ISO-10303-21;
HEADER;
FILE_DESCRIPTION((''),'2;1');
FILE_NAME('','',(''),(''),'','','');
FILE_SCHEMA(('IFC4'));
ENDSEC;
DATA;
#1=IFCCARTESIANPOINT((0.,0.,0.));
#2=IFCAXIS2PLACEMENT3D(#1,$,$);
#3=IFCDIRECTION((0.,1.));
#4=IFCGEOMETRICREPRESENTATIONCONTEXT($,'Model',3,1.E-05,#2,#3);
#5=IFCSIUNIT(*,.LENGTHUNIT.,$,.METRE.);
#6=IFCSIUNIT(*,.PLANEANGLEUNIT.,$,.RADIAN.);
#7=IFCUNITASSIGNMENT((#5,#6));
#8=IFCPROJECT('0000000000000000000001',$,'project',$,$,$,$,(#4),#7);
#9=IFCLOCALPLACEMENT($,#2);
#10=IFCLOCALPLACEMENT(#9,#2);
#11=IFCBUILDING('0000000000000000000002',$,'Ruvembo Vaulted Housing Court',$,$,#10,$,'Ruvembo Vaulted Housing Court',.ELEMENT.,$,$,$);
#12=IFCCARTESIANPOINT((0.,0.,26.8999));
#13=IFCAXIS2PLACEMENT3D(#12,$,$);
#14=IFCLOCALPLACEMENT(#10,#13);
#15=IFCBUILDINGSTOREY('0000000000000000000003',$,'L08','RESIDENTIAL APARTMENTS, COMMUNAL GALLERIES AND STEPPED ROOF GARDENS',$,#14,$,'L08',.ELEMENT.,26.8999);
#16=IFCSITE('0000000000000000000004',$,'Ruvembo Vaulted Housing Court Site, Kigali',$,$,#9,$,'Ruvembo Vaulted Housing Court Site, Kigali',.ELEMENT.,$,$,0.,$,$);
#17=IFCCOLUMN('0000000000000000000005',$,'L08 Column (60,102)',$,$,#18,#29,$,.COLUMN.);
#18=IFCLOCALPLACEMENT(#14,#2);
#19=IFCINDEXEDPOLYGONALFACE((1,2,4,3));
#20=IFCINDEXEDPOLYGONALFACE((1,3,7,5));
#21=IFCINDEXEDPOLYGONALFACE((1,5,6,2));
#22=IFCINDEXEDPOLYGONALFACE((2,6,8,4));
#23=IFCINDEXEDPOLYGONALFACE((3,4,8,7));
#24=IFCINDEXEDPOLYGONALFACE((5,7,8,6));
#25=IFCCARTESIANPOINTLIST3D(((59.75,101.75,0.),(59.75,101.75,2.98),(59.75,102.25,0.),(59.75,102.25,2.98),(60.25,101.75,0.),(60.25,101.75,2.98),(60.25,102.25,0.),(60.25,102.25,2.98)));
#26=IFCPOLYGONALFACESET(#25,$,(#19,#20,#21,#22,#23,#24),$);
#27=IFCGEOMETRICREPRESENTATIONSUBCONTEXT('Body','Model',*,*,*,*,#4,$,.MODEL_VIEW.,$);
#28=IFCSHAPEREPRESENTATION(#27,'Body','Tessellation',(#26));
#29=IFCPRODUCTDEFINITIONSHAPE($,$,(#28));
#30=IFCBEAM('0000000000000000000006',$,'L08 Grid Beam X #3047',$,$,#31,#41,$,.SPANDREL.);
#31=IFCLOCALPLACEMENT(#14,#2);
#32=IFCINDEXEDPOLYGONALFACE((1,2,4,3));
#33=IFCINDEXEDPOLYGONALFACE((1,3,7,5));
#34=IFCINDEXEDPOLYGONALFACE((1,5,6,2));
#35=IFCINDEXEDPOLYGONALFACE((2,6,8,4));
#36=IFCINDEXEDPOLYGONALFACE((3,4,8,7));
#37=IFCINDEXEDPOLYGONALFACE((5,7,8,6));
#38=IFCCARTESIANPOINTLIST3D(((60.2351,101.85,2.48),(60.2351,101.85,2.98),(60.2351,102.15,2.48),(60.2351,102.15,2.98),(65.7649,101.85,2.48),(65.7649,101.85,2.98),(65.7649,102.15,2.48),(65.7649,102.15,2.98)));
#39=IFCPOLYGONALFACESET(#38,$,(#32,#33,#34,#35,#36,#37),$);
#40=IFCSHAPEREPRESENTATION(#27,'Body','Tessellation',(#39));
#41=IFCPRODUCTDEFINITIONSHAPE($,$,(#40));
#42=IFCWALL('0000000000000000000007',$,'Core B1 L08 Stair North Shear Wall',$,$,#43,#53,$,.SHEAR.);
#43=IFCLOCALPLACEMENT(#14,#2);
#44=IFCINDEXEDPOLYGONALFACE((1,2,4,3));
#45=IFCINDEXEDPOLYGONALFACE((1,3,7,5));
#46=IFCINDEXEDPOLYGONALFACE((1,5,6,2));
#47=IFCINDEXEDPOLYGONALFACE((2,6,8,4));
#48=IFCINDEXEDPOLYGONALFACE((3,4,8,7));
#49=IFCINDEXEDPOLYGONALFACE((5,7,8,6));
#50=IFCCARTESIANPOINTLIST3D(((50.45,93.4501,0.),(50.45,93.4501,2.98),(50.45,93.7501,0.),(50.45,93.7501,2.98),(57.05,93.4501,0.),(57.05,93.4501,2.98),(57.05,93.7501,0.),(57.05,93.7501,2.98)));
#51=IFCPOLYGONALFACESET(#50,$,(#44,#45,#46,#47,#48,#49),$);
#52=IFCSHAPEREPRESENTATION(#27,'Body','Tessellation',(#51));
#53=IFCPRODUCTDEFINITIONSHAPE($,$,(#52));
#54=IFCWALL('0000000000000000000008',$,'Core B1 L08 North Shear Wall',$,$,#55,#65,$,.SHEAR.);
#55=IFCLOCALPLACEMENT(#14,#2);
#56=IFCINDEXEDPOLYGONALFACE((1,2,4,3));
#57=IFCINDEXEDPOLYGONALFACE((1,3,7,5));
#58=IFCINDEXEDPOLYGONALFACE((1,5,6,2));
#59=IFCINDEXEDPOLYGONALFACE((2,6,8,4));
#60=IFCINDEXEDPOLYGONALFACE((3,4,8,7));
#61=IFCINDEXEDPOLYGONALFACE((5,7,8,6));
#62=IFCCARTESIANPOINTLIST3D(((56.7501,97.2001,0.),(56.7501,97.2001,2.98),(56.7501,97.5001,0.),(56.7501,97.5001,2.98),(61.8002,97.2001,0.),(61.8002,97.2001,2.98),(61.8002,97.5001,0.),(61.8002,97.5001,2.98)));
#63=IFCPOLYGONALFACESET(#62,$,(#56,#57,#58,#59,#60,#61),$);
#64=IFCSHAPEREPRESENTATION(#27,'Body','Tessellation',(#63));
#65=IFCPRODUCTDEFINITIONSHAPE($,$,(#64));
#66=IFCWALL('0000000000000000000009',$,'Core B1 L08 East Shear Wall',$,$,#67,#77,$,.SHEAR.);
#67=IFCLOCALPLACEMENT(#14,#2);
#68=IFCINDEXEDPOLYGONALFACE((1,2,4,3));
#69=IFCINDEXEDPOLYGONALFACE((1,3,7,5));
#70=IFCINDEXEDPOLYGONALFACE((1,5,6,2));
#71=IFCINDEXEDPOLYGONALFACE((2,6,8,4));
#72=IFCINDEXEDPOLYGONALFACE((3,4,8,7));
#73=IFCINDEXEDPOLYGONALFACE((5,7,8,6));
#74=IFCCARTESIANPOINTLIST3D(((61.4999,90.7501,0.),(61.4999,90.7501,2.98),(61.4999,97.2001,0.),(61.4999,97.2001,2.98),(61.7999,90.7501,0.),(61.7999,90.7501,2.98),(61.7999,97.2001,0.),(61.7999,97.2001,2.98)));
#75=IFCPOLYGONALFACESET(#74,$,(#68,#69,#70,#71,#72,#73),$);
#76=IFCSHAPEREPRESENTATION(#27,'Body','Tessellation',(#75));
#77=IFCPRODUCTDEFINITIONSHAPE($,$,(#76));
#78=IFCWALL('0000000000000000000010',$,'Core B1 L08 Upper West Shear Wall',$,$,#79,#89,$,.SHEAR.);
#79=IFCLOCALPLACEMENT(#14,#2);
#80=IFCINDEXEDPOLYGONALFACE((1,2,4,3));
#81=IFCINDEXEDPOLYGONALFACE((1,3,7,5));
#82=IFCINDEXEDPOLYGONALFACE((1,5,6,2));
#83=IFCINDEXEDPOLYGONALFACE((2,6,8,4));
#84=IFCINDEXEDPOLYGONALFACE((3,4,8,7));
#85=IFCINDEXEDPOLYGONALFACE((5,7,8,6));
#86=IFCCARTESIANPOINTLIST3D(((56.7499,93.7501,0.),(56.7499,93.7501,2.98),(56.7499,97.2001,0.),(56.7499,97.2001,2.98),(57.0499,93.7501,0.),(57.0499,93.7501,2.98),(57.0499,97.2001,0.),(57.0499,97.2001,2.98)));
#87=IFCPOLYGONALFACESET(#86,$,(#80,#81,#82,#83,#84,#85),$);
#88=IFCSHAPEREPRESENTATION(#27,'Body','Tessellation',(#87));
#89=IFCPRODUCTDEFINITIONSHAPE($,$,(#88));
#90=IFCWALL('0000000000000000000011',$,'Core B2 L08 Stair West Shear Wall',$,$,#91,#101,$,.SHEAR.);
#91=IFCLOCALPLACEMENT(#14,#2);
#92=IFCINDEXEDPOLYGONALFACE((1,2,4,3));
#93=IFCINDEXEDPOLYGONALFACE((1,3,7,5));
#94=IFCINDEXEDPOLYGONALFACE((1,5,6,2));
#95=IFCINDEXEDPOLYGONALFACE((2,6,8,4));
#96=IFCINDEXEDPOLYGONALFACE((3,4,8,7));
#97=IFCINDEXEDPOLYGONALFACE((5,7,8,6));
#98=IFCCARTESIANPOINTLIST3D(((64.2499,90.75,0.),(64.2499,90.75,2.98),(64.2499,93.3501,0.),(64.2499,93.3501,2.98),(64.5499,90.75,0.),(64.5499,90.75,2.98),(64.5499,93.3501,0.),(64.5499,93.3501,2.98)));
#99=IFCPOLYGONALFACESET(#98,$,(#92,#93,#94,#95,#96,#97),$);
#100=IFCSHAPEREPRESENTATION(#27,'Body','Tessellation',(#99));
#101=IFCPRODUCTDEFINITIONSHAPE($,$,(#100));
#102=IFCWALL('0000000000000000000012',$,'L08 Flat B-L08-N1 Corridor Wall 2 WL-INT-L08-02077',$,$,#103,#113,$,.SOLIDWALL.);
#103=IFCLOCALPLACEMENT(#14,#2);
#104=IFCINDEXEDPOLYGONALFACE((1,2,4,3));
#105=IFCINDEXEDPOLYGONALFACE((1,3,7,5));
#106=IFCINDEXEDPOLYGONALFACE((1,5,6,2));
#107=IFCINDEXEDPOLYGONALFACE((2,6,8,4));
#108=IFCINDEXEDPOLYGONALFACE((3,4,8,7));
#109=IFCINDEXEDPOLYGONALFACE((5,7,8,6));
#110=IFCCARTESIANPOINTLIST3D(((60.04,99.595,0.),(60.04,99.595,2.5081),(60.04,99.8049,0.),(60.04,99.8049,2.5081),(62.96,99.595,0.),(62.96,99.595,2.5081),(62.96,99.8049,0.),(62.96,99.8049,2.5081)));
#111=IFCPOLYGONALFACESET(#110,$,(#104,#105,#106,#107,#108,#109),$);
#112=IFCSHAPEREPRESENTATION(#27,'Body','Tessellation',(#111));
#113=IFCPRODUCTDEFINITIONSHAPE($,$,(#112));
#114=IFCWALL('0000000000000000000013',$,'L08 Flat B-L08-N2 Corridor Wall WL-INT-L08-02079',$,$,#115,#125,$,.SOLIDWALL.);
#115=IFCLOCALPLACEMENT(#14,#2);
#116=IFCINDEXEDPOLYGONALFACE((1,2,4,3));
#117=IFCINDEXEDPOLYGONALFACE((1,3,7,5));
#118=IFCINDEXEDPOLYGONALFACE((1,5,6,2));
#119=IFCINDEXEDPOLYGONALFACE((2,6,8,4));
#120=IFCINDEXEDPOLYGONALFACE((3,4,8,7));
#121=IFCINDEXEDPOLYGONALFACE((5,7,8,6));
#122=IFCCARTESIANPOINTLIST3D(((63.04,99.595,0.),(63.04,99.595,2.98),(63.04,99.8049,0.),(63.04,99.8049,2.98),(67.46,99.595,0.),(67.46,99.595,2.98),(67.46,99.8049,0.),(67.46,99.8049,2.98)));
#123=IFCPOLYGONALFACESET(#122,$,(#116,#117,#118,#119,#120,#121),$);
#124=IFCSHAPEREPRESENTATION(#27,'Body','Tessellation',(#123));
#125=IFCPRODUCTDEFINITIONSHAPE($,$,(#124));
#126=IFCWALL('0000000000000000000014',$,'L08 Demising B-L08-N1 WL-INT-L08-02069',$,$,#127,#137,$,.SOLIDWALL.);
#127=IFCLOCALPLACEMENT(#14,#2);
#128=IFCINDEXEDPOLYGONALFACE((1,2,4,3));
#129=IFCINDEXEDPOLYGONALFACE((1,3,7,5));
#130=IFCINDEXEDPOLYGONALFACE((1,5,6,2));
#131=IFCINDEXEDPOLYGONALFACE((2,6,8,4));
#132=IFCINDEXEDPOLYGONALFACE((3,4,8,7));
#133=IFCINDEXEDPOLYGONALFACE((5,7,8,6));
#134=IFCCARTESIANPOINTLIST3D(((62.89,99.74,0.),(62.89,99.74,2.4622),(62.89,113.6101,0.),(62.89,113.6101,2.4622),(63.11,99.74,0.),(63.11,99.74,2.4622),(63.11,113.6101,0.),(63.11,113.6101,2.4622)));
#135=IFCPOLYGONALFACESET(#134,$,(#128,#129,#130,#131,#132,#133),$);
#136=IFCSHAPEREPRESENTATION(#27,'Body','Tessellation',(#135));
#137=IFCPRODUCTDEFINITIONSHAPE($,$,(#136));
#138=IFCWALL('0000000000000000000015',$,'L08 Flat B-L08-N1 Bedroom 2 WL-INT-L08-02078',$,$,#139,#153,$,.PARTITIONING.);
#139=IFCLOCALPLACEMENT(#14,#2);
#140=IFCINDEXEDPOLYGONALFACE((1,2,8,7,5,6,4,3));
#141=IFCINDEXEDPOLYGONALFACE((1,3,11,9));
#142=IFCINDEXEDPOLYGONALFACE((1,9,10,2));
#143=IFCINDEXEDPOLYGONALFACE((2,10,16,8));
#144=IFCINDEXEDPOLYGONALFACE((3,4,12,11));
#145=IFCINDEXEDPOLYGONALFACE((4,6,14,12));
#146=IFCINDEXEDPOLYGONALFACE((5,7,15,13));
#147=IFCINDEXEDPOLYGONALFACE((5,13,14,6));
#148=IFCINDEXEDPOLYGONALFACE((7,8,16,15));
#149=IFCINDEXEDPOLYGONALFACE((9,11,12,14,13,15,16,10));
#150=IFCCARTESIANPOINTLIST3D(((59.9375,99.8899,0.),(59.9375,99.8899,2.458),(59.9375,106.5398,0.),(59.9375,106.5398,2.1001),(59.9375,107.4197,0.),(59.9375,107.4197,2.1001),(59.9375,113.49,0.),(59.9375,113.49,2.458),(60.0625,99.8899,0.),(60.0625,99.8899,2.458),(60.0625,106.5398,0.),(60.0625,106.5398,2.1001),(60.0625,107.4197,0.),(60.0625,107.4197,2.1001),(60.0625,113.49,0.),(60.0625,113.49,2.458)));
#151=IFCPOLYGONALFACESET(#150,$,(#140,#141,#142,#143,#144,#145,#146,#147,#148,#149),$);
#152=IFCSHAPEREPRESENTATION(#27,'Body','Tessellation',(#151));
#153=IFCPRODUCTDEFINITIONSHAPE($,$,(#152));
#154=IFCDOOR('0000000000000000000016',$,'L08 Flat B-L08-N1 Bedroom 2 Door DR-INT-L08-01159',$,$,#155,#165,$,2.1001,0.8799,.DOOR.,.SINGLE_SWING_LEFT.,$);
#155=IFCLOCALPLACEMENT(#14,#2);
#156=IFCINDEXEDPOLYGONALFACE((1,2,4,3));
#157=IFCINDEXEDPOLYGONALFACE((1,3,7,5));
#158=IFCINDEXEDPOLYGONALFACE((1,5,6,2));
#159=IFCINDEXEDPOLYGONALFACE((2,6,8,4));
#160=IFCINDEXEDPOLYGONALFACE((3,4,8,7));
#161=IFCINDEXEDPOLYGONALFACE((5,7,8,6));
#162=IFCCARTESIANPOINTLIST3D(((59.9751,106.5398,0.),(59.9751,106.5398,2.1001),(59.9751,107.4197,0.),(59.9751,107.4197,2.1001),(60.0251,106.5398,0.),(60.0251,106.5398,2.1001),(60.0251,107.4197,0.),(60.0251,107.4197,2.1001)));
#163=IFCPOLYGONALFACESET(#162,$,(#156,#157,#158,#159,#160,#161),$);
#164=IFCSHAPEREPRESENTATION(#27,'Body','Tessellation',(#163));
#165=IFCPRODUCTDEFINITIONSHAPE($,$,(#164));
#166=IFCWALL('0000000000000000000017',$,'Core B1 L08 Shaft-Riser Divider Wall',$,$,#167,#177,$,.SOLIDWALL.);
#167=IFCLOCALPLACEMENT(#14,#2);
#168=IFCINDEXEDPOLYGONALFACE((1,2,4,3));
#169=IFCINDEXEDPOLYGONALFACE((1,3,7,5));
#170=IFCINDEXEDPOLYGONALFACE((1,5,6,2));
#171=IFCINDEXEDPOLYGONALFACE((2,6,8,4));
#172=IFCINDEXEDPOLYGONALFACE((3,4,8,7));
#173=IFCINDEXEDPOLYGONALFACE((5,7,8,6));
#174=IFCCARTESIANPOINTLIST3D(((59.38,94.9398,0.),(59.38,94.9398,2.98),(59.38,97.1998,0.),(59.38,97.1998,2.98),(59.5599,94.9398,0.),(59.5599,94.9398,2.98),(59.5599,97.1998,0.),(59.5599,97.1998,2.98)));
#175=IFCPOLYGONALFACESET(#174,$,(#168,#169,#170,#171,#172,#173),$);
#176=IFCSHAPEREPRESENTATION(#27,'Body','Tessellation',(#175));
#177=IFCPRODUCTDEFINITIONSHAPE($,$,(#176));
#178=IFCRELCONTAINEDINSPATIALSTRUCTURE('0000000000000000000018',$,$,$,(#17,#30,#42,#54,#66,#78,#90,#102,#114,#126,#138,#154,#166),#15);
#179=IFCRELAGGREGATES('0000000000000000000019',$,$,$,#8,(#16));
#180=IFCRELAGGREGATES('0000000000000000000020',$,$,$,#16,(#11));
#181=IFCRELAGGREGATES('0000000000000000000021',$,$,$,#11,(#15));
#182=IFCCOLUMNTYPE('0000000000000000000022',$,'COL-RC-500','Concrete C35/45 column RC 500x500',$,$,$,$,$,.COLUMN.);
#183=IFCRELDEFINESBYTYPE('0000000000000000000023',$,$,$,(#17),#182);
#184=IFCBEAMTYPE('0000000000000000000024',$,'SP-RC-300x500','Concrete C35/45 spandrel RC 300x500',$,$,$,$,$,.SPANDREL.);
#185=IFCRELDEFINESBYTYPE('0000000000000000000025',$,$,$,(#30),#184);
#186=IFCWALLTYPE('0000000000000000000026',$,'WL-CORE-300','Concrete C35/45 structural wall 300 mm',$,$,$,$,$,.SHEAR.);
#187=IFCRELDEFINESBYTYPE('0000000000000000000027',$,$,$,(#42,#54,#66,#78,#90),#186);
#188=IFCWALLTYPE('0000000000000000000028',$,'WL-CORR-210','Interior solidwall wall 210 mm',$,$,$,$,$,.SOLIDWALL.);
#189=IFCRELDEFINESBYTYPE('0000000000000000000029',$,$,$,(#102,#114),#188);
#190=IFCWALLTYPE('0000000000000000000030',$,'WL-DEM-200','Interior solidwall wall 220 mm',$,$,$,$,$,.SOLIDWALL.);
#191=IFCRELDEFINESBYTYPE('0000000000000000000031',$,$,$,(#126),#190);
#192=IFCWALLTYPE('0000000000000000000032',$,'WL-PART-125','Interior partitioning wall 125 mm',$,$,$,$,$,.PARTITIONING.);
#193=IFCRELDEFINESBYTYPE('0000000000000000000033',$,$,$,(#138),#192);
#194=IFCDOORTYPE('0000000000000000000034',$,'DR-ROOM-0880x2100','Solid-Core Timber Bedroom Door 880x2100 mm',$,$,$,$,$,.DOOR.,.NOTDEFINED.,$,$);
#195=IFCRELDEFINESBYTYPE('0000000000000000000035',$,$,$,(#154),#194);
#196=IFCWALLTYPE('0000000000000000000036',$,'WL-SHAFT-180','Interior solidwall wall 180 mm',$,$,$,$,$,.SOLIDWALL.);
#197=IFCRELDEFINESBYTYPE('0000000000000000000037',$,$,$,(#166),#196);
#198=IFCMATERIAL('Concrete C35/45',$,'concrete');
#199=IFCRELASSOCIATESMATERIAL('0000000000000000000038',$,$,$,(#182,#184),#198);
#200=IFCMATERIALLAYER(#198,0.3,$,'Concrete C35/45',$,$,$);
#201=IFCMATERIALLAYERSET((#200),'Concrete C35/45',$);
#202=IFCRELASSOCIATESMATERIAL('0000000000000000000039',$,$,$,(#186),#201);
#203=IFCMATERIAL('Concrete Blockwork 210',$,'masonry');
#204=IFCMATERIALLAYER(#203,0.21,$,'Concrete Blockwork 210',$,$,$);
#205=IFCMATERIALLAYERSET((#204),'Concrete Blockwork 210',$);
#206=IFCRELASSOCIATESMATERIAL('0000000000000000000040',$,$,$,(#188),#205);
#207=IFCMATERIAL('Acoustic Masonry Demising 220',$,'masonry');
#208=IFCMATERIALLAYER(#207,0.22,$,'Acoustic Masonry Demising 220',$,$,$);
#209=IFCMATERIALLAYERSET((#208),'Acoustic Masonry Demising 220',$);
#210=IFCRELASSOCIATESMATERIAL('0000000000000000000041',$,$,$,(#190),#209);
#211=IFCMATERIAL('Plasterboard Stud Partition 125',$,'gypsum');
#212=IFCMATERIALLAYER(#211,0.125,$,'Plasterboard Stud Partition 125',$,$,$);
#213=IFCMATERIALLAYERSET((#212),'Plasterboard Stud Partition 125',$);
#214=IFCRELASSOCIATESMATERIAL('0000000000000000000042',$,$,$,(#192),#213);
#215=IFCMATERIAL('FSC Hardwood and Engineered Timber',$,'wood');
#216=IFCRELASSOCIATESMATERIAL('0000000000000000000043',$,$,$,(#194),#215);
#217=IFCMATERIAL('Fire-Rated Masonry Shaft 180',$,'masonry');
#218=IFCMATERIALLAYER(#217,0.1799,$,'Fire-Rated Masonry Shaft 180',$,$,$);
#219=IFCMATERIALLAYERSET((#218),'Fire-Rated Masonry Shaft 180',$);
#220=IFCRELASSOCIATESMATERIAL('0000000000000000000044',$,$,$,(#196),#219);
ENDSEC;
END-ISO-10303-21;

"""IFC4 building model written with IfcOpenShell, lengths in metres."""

from ifc_helpers import new_model, si_unit, direction, frame, frame_2d, origin, origin_2d, place, context, subcontext, project, spatial, rectangle, extrude, material, layer, layer_set, material_profile, profile_set, type_object, element, fill, save


model = new_model("IFC4")

# Units and contexts
model_context = context("Model", 3, precision=1e-05, world=origin(), true_north=direction((0.0, 1.0)))
body_context = subcontext(model_context, "Body", "Model", "MODEL_VIEW")
ifc_project = project(units=[si_unit("LENGTHUNIT", "METRE"), si_unit("PLANEANGLEUNIT", "RADIAN")], contexts=[model_context])

# Site, building, storey
site_placement = place(None, origin())
site = spatial("IfcSite", under=ifc_project, at=site_placement, Name="Ruvembo Vaulted Housing Court Site, Kigali", LongName="Ruvembo Vaulted Housing Court Site, Kigali", CompositionType="ELEMENT", RefElevation=0.0)
building_placement = place(site_placement, origin())
building = spatial("IfcBuilding", under=site, at=building_placement, Name="Ruvembo Vaulted Housing Court", LongName="Ruvembo Vaulted Housing Court", CompositionType="ELEMENT")
storey_placement = place(building_placement, frame((0.0, 0.0, 26.8999)))
storey = spatial("IfcBuildingStorey", under=building, at=storey_placement, Name="L08", Description="RESIDENTIAL APARTMENTS, COMMUNAL GALLERIES AND STEPPED ROOF GARDENS", LongName="L08", CompositionType="ELEMENT", Elevation=26.8999)

# Column
ifc_material_1 = material(Name="Concrete C35/45", Category="concrete")
ifc_material_profile_1 = material_profile(ifc_material_1, rectangle(XDim=0.5, YDim=0.5, at=origin_2d()), Name="RC 500x500")
ifc_profile_set_1 = profile_set([ifc_material_profile_1], Name="Concrete C35/45")
column_type = type_object("IfcColumnType", Name="COL-RC-500", Description="Concrete C35/45 column RC 500x500", PredefinedType="COLUMN", material=ifc_profile_set_1)
column_placement = place(storey_placement, frame((60.0, 102.0, 0.0), z_axis=(0.0, 0.0, 1.0), x_axis=(1.0, 0.0, 0.0)))
element("IfcColumn", 1, at=column_placement, inside=storey, type_object=column_type, Name="L08 Column (60,102)", PredefinedType="COLUMN", context=body_context, shape_type="SweptSolid", body=[
    extrude(rectangle(XDim=0.5, YDim=0.5, at=origin_2d()), origin(), (0.0, 0.0, 1.0), 2.98),
])

# Beam
ifc_material_profile_2 = material_profile(ifc_material_1, rectangle(XDim=0.3, YDim=0.5, at=origin_2d()), Name="RC 300x500")
ifc_profile_set_2 = profile_set([ifc_material_profile_2], Name="Concrete C35/45")
beam_type = type_object("IfcBeamType", Name="SP-RC-300x500", Description="Concrete C35/45 spandrel RC 300x500", PredefinedType="SPANDREL", material=ifc_profile_set_2)
beam_placement = place(storey_placement, frame((60.2351, 102.0, 2.73), z_axis=(1.0, 0.0, 0.0), x_axis=(0.0, 1.0, 0.0)))
element("IfcBeam", 2, at=beam_placement, inside=storey, type_object=beam_type, Name="L08 Grid Beam X #3047", PredefinedType="SPANDREL", context=body_context, shape_type="SweptSolid", body=[
    extrude(rectangle(XDim=0.3, YDim=0.5, at=origin_2d()), origin(), (0.0, 0.0, 1.0), 5.5298),
])

# Wall
ifc_layer_1 = layer(ifc_material_1, 0.3, Name="Concrete C35/45")
ifc_layer_set_1 = layer_set([ifc_layer_1], Name="Concrete C35/45")
wall_type_1 = type_object("IfcWallType", Name="WL-CORE-300", Description="Concrete C35/45 structural wall 300 mm", PredefinedType="SHEAR", material=ifc_layer_set_1)
wall_1_placement = place(storey_placement, frame((57.05, 93.6001, 0.0), z_axis=(0.0, 0.0, 1.0), x_axis=(-1.0, 0.0, 0.0)))
element("IfcWall", 3, at=wall_1_placement, inside=storey, type_object=wall_type_1, Name="Core B1 L08 Stair North Shear Wall", PredefinedType="SHEAR", context=body_context, shape_type="SweptSolid", body=[
    extrude(rectangle(XDim=6.6001, YDim=0.3, at=frame_2d((3.3, 0.0))), origin(), (0.0, 0.0, 1.0), 2.98),
])

# Walls
wall_2_placement = place(storey_placement, frame((61.8, 97.3501, 0.0), z_axis=(0.0, 0.0, 1.0), x_axis=(-1.0, 0.0, 0.0)))
element("IfcWall", 4, at=wall_2_placement, inside=storey, type_object=wall_type_1, Name="Core B1 L08 North Shear Wall", PredefinedType="SHEAR", context=body_context, shape_type="SweptSolid", body=[
    extrude(rectangle(XDim=5.05, YDim=0.3, at=frame_2d((2.5249, 0.0))), origin(), (0.0, 0.0, 1.0), 2.98),
])
wall_3_placement = place(storey_placement, frame((61.6499, 90.75, 0.0), z_axis=(0.0, 0.0, 1.0), x_axis=(0.0, 1.0, 0.0)))
element("IfcWall", 5, at=wall_3_placement, inside=storey, type_object=wall_type_1, Name="Core B1 L08 East Shear Wall", PredefinedType="SHEAR", context=body_context, shape_type="SweptSolid", body=[
    extrude(rectangle(XDim=6.45, YDim=0.3, at=frame_2d((3.2251, 0.0))), origin(), (0.0, 0.0, 1.0), 2.98),
])
wall_4_placement = place(storey_placement, frame((56.8999, 93.75, 0.0), z_axis=(0.0, 0.0, 1.0), x_axis=(0.0, 1.0, 0.0)))
element("IfcWall", 6, at=wall_4_placement, inside=storey, type_object=wall_type_1, Name="Core B1 L08 Upper West Shear Wall", PredefinedType="SHEAR", context=body_context, shape_type="SweptSolid", body=[
    extrude(rectangle(XDim=3.45, YDim=0.3, at=frame_2d((1.7251, 0.0))), origin(), (0.0, 0.0, 1.0), 2.98),
])
wall_5_placement = place(storey_placement, frame((64.3999, 93.3501, 0.0), z_axis=(0.0, 0.0, 1.0), x_axis=(0.0, -1.0, 0.0)))
element("IfcWall", 7, at=wall_5_placement, inside=storey, type_object=wall_type_1, Name="Core B2 L08 Stair West Shear Wall", PredefinedType="SHEAR", context=body_context, shape_type="SweptSolid", body=[
    extrude(rectangle(XDim=2.6001, YDim=0.3, at=frame_2d((1.3, 0.0))), origin(), (0.0, 0.0, 1.0), 2.98),
])
ifc_material_2 = material(Name="Concrete Blockwork 210", Category="masonry")
ifc_layer_2 = layer(ifc_material_2, 0.21, Name="Concrete Blockwork 210")
ifc_layer_set_2 = layer_set([ifc_layer_2], Name="Concrete Blockwork 210")
wall_type_2 = type_object("IfcWallType", Name="WL-CORR-210", Description="Interior solidwall wall 210 mm", PredefinedType="SOLIDWALL", material=ifc_layer_set_2)
wall_6_placement = place(storey_placement, frame((60.04, 99.7, 0.0), z_axis=(0.0, 0.0, 1.0), x_axis=(1.0, 0.0, 0.0)))
element("IfcWall", 8, at=wall_6_placement, inside=storey, type_object=wall_type_2, Name="L08 Flat B-L08-N1 Corridor Wall 2 WL-INT-L08-02077", PredefinedType="SOLIDWALL", context=body_context, shape_type="SweptSolid", body=[
    extrude(rectangle(XDim=2.9199, YDim=0.21, at=frame_2d((1.46, 0.0))), origin(), (0.0, 0.0, 1.0), 2.5081),
])
wall_7_placement = place(storey_placement, frame((63.04, 99.7, 0.0), z_axis=(0.0, 0.0, 1.0), x_axis=(1.0, 0.0, 0.0)))
element("IfcWall", 9, at=wall_7_placement, inside=storey, type_object=wall_type_2, Name="L08 Flat B-L08-N2 Corridor Wall WL-INT-L08-02079", PredefinedType="SOLIDWALL", context=body_context, shape_type="SweptSolid", body=[
    extrude(rectangle(XDim=4.4199, YDim=0.21, at=frame_2d((2.21, 0.0))), origin(), (0.0, 0.0, 1.0), 2.98),
])
ifc_material_3 = material(Name="Acoustic Masonry Demising 220", Category="masonry")
ifc_layer_3 = layer(ifc_material_3, 0.22, Name="Acoustic Masonry Demising 220")
ifc_layer_set_3 = layer_set([ifc_layer_3], Name="Acoustic Masonry Demising 220")
wall_type_3 = type_object("IfcWallType", Name="WL-DEM-200", Description="Interior solidwall wall 220 mm", PredefinedType="SOLIDWALL", material=ifc_layer_set_3)
wall_8_placement = place(storey_placement, frame((63.0, 99.74, 0.0), z_axis=(0.0, 0.0, 1.0), x_axis=(0.0, 1.0, 0.0)))
element("IfcWall", 10, at=wall_8_placement, inside=storey, type_object=wall_type_3, Name="L08 Demising B-L08-N1 WL-INT-L08-02069", PredefinedType="SOLIDWALL", context=body_context, shape_type="SweptSolid", body=[
    extrude(rectangle(XDim=13.8701, YDim=0.22, at=frame_2d((6.9351, 0.0))), origin(), (0.0, 0.0, 1.0), 2.4622),
])

# Wall, opening, door
ifc_material_4 = material(Name="Plasterboard Stud Partition 125", Category="gypsum")
ifc_layer_4 = layer(ifc_material_4, 0.125, Name="Plasterboard Stud Partition 125")
ifc_layer_set_4 = layer_set([ifc_layer_4], Name="Plasterboard Stud Partition 125")
wall_type_4 = type_object("IfcWallType", Name="WL-PART-125", Description="Interior partitioning wall 125 mm", PredefinedType="PARTITIONING", material=ifc_layer_set_4)
wall_9_placement = place(storey_placement, frame((60.0, 99.8899, 0.0), z_axis=(0.0, 0.0, 1.0), x_axis=(0.0, 1.0, 0.0)))
wall_9 = element("IfcWall", 11, at=wall_9_placement, inside=storey, type_object=wall_type_4, Name="L08 Flat B-L08-N1 Bedroom 2 WL-INT-L08-02078", PredefinedType="PARTITIONING", context=body_context, shape_type="SweptSolid", body=[
    extrude(rectangle(XDim=13.6001, YDim=0.125, at=frame_2d((6.8, 0.0))), origin(), (0.0, 0.0, 1.0), 2.458),
])
opening_1_placement = place(wall_9_placement, frame((6.6499, 0.0, 0.0)))
opening_1 = element("IfcOpeningElement", 12, at=opening_1_placement, cuts=wall_9, PredefinedType="OPENING", context=body_context, shape_type="SweptSolid", body=[
    extrude(rectangle(XDim=0.8799, YDim=2.1001, at=frame_2d((0.4399, 1.05))), frame((0.0, 0.0725, 0.0), z_axis=(0.0, -1.0, 0.0), x_axis=(1.0, 0.0, 0.0)), (0.0, 0.0, 1.0), 0.145),
])
ifc_material_5 = material(Name="FSC Hardwood and Engineered Timber", Category="wood")
door_type_1 = type_object("IfcDoorType", Name="DR-ROOM-0880x2100", Description="Solid-Core Timber Bedroom Door 880x2100 mm", OperationType="NOTDEFINED", PredefinedType="DOOR", material=ifc_material_5)
door_1_placement = place(opening_1_placement, origin())
door_1 = element("IfcDoor", 13, at=door_1_placement, inside=storey, type_object=door_type_1, Name="L08 Flat B-L08-N1 Bedroom 2 Door DR-INT-L08-01159", OperationType="SINGLE_SWING_LEFT", OverallHeight=2.1001, OverallWidth=0.8799, PredefinedType="DOOR", context=body_context, shape_type="SweptSolid", body=[
    extrude(rectangle(XDim=0.8799, YDim=2.1001, at=frame_2d((0.4399, 1.05))), frame((0.0, 0.0249, 0.0), z_axis=(0.0, -1.0, 0.0), x_axis=(1.0, 0.0, 0.0)), (0.0, 0.0, 1.0), 0.05),
])
fill(opening_1, door_1)

# Shared definitions
ifc_material_6 = material(Name="Fire-Rated Masonry Shaft 180", Category="masonry")
ifc_layer_5 = layer(ifc_material_6, 0.1799, Name="Fire-Rated Masonry Shaft 180")
ifc_layer_set_5 = layer_set([ifc_layer_5], Name="Fire-Rated Masonry Shaft 180")
wall_type_5 = type_object("IfcWallType", Name="WL-SHAFT-180", Description="Interior solidwall wall 180 mm", PredefinedType="SOLIDWALL", material=ifc_layer_set_5)

# Wall
wall_10_placement = place(storey_placement, frame((59.47, 94.9399, 0.0), z_axis=(0.0, 0.0, 1.0), x_axis=(0.0, 1.0, 0.0)))
element("IfcWall", 14, at=wall_10_placement, inside=storey, type_object=wall_type_5, Name="Core B1 L08 Shaft-Riser Divider Wall", PredefinedType="SOLIDWALL", context=body_context, shape_type="SweptSolid", body=[
    extrude(rectangle(XDim=2.26, YDim=0.1799, at=frame_2d((1.1299, 0.0))), origin(), (0.0, 0.0, 1.0), 2.98),
])

save(model, "model.ifc")
